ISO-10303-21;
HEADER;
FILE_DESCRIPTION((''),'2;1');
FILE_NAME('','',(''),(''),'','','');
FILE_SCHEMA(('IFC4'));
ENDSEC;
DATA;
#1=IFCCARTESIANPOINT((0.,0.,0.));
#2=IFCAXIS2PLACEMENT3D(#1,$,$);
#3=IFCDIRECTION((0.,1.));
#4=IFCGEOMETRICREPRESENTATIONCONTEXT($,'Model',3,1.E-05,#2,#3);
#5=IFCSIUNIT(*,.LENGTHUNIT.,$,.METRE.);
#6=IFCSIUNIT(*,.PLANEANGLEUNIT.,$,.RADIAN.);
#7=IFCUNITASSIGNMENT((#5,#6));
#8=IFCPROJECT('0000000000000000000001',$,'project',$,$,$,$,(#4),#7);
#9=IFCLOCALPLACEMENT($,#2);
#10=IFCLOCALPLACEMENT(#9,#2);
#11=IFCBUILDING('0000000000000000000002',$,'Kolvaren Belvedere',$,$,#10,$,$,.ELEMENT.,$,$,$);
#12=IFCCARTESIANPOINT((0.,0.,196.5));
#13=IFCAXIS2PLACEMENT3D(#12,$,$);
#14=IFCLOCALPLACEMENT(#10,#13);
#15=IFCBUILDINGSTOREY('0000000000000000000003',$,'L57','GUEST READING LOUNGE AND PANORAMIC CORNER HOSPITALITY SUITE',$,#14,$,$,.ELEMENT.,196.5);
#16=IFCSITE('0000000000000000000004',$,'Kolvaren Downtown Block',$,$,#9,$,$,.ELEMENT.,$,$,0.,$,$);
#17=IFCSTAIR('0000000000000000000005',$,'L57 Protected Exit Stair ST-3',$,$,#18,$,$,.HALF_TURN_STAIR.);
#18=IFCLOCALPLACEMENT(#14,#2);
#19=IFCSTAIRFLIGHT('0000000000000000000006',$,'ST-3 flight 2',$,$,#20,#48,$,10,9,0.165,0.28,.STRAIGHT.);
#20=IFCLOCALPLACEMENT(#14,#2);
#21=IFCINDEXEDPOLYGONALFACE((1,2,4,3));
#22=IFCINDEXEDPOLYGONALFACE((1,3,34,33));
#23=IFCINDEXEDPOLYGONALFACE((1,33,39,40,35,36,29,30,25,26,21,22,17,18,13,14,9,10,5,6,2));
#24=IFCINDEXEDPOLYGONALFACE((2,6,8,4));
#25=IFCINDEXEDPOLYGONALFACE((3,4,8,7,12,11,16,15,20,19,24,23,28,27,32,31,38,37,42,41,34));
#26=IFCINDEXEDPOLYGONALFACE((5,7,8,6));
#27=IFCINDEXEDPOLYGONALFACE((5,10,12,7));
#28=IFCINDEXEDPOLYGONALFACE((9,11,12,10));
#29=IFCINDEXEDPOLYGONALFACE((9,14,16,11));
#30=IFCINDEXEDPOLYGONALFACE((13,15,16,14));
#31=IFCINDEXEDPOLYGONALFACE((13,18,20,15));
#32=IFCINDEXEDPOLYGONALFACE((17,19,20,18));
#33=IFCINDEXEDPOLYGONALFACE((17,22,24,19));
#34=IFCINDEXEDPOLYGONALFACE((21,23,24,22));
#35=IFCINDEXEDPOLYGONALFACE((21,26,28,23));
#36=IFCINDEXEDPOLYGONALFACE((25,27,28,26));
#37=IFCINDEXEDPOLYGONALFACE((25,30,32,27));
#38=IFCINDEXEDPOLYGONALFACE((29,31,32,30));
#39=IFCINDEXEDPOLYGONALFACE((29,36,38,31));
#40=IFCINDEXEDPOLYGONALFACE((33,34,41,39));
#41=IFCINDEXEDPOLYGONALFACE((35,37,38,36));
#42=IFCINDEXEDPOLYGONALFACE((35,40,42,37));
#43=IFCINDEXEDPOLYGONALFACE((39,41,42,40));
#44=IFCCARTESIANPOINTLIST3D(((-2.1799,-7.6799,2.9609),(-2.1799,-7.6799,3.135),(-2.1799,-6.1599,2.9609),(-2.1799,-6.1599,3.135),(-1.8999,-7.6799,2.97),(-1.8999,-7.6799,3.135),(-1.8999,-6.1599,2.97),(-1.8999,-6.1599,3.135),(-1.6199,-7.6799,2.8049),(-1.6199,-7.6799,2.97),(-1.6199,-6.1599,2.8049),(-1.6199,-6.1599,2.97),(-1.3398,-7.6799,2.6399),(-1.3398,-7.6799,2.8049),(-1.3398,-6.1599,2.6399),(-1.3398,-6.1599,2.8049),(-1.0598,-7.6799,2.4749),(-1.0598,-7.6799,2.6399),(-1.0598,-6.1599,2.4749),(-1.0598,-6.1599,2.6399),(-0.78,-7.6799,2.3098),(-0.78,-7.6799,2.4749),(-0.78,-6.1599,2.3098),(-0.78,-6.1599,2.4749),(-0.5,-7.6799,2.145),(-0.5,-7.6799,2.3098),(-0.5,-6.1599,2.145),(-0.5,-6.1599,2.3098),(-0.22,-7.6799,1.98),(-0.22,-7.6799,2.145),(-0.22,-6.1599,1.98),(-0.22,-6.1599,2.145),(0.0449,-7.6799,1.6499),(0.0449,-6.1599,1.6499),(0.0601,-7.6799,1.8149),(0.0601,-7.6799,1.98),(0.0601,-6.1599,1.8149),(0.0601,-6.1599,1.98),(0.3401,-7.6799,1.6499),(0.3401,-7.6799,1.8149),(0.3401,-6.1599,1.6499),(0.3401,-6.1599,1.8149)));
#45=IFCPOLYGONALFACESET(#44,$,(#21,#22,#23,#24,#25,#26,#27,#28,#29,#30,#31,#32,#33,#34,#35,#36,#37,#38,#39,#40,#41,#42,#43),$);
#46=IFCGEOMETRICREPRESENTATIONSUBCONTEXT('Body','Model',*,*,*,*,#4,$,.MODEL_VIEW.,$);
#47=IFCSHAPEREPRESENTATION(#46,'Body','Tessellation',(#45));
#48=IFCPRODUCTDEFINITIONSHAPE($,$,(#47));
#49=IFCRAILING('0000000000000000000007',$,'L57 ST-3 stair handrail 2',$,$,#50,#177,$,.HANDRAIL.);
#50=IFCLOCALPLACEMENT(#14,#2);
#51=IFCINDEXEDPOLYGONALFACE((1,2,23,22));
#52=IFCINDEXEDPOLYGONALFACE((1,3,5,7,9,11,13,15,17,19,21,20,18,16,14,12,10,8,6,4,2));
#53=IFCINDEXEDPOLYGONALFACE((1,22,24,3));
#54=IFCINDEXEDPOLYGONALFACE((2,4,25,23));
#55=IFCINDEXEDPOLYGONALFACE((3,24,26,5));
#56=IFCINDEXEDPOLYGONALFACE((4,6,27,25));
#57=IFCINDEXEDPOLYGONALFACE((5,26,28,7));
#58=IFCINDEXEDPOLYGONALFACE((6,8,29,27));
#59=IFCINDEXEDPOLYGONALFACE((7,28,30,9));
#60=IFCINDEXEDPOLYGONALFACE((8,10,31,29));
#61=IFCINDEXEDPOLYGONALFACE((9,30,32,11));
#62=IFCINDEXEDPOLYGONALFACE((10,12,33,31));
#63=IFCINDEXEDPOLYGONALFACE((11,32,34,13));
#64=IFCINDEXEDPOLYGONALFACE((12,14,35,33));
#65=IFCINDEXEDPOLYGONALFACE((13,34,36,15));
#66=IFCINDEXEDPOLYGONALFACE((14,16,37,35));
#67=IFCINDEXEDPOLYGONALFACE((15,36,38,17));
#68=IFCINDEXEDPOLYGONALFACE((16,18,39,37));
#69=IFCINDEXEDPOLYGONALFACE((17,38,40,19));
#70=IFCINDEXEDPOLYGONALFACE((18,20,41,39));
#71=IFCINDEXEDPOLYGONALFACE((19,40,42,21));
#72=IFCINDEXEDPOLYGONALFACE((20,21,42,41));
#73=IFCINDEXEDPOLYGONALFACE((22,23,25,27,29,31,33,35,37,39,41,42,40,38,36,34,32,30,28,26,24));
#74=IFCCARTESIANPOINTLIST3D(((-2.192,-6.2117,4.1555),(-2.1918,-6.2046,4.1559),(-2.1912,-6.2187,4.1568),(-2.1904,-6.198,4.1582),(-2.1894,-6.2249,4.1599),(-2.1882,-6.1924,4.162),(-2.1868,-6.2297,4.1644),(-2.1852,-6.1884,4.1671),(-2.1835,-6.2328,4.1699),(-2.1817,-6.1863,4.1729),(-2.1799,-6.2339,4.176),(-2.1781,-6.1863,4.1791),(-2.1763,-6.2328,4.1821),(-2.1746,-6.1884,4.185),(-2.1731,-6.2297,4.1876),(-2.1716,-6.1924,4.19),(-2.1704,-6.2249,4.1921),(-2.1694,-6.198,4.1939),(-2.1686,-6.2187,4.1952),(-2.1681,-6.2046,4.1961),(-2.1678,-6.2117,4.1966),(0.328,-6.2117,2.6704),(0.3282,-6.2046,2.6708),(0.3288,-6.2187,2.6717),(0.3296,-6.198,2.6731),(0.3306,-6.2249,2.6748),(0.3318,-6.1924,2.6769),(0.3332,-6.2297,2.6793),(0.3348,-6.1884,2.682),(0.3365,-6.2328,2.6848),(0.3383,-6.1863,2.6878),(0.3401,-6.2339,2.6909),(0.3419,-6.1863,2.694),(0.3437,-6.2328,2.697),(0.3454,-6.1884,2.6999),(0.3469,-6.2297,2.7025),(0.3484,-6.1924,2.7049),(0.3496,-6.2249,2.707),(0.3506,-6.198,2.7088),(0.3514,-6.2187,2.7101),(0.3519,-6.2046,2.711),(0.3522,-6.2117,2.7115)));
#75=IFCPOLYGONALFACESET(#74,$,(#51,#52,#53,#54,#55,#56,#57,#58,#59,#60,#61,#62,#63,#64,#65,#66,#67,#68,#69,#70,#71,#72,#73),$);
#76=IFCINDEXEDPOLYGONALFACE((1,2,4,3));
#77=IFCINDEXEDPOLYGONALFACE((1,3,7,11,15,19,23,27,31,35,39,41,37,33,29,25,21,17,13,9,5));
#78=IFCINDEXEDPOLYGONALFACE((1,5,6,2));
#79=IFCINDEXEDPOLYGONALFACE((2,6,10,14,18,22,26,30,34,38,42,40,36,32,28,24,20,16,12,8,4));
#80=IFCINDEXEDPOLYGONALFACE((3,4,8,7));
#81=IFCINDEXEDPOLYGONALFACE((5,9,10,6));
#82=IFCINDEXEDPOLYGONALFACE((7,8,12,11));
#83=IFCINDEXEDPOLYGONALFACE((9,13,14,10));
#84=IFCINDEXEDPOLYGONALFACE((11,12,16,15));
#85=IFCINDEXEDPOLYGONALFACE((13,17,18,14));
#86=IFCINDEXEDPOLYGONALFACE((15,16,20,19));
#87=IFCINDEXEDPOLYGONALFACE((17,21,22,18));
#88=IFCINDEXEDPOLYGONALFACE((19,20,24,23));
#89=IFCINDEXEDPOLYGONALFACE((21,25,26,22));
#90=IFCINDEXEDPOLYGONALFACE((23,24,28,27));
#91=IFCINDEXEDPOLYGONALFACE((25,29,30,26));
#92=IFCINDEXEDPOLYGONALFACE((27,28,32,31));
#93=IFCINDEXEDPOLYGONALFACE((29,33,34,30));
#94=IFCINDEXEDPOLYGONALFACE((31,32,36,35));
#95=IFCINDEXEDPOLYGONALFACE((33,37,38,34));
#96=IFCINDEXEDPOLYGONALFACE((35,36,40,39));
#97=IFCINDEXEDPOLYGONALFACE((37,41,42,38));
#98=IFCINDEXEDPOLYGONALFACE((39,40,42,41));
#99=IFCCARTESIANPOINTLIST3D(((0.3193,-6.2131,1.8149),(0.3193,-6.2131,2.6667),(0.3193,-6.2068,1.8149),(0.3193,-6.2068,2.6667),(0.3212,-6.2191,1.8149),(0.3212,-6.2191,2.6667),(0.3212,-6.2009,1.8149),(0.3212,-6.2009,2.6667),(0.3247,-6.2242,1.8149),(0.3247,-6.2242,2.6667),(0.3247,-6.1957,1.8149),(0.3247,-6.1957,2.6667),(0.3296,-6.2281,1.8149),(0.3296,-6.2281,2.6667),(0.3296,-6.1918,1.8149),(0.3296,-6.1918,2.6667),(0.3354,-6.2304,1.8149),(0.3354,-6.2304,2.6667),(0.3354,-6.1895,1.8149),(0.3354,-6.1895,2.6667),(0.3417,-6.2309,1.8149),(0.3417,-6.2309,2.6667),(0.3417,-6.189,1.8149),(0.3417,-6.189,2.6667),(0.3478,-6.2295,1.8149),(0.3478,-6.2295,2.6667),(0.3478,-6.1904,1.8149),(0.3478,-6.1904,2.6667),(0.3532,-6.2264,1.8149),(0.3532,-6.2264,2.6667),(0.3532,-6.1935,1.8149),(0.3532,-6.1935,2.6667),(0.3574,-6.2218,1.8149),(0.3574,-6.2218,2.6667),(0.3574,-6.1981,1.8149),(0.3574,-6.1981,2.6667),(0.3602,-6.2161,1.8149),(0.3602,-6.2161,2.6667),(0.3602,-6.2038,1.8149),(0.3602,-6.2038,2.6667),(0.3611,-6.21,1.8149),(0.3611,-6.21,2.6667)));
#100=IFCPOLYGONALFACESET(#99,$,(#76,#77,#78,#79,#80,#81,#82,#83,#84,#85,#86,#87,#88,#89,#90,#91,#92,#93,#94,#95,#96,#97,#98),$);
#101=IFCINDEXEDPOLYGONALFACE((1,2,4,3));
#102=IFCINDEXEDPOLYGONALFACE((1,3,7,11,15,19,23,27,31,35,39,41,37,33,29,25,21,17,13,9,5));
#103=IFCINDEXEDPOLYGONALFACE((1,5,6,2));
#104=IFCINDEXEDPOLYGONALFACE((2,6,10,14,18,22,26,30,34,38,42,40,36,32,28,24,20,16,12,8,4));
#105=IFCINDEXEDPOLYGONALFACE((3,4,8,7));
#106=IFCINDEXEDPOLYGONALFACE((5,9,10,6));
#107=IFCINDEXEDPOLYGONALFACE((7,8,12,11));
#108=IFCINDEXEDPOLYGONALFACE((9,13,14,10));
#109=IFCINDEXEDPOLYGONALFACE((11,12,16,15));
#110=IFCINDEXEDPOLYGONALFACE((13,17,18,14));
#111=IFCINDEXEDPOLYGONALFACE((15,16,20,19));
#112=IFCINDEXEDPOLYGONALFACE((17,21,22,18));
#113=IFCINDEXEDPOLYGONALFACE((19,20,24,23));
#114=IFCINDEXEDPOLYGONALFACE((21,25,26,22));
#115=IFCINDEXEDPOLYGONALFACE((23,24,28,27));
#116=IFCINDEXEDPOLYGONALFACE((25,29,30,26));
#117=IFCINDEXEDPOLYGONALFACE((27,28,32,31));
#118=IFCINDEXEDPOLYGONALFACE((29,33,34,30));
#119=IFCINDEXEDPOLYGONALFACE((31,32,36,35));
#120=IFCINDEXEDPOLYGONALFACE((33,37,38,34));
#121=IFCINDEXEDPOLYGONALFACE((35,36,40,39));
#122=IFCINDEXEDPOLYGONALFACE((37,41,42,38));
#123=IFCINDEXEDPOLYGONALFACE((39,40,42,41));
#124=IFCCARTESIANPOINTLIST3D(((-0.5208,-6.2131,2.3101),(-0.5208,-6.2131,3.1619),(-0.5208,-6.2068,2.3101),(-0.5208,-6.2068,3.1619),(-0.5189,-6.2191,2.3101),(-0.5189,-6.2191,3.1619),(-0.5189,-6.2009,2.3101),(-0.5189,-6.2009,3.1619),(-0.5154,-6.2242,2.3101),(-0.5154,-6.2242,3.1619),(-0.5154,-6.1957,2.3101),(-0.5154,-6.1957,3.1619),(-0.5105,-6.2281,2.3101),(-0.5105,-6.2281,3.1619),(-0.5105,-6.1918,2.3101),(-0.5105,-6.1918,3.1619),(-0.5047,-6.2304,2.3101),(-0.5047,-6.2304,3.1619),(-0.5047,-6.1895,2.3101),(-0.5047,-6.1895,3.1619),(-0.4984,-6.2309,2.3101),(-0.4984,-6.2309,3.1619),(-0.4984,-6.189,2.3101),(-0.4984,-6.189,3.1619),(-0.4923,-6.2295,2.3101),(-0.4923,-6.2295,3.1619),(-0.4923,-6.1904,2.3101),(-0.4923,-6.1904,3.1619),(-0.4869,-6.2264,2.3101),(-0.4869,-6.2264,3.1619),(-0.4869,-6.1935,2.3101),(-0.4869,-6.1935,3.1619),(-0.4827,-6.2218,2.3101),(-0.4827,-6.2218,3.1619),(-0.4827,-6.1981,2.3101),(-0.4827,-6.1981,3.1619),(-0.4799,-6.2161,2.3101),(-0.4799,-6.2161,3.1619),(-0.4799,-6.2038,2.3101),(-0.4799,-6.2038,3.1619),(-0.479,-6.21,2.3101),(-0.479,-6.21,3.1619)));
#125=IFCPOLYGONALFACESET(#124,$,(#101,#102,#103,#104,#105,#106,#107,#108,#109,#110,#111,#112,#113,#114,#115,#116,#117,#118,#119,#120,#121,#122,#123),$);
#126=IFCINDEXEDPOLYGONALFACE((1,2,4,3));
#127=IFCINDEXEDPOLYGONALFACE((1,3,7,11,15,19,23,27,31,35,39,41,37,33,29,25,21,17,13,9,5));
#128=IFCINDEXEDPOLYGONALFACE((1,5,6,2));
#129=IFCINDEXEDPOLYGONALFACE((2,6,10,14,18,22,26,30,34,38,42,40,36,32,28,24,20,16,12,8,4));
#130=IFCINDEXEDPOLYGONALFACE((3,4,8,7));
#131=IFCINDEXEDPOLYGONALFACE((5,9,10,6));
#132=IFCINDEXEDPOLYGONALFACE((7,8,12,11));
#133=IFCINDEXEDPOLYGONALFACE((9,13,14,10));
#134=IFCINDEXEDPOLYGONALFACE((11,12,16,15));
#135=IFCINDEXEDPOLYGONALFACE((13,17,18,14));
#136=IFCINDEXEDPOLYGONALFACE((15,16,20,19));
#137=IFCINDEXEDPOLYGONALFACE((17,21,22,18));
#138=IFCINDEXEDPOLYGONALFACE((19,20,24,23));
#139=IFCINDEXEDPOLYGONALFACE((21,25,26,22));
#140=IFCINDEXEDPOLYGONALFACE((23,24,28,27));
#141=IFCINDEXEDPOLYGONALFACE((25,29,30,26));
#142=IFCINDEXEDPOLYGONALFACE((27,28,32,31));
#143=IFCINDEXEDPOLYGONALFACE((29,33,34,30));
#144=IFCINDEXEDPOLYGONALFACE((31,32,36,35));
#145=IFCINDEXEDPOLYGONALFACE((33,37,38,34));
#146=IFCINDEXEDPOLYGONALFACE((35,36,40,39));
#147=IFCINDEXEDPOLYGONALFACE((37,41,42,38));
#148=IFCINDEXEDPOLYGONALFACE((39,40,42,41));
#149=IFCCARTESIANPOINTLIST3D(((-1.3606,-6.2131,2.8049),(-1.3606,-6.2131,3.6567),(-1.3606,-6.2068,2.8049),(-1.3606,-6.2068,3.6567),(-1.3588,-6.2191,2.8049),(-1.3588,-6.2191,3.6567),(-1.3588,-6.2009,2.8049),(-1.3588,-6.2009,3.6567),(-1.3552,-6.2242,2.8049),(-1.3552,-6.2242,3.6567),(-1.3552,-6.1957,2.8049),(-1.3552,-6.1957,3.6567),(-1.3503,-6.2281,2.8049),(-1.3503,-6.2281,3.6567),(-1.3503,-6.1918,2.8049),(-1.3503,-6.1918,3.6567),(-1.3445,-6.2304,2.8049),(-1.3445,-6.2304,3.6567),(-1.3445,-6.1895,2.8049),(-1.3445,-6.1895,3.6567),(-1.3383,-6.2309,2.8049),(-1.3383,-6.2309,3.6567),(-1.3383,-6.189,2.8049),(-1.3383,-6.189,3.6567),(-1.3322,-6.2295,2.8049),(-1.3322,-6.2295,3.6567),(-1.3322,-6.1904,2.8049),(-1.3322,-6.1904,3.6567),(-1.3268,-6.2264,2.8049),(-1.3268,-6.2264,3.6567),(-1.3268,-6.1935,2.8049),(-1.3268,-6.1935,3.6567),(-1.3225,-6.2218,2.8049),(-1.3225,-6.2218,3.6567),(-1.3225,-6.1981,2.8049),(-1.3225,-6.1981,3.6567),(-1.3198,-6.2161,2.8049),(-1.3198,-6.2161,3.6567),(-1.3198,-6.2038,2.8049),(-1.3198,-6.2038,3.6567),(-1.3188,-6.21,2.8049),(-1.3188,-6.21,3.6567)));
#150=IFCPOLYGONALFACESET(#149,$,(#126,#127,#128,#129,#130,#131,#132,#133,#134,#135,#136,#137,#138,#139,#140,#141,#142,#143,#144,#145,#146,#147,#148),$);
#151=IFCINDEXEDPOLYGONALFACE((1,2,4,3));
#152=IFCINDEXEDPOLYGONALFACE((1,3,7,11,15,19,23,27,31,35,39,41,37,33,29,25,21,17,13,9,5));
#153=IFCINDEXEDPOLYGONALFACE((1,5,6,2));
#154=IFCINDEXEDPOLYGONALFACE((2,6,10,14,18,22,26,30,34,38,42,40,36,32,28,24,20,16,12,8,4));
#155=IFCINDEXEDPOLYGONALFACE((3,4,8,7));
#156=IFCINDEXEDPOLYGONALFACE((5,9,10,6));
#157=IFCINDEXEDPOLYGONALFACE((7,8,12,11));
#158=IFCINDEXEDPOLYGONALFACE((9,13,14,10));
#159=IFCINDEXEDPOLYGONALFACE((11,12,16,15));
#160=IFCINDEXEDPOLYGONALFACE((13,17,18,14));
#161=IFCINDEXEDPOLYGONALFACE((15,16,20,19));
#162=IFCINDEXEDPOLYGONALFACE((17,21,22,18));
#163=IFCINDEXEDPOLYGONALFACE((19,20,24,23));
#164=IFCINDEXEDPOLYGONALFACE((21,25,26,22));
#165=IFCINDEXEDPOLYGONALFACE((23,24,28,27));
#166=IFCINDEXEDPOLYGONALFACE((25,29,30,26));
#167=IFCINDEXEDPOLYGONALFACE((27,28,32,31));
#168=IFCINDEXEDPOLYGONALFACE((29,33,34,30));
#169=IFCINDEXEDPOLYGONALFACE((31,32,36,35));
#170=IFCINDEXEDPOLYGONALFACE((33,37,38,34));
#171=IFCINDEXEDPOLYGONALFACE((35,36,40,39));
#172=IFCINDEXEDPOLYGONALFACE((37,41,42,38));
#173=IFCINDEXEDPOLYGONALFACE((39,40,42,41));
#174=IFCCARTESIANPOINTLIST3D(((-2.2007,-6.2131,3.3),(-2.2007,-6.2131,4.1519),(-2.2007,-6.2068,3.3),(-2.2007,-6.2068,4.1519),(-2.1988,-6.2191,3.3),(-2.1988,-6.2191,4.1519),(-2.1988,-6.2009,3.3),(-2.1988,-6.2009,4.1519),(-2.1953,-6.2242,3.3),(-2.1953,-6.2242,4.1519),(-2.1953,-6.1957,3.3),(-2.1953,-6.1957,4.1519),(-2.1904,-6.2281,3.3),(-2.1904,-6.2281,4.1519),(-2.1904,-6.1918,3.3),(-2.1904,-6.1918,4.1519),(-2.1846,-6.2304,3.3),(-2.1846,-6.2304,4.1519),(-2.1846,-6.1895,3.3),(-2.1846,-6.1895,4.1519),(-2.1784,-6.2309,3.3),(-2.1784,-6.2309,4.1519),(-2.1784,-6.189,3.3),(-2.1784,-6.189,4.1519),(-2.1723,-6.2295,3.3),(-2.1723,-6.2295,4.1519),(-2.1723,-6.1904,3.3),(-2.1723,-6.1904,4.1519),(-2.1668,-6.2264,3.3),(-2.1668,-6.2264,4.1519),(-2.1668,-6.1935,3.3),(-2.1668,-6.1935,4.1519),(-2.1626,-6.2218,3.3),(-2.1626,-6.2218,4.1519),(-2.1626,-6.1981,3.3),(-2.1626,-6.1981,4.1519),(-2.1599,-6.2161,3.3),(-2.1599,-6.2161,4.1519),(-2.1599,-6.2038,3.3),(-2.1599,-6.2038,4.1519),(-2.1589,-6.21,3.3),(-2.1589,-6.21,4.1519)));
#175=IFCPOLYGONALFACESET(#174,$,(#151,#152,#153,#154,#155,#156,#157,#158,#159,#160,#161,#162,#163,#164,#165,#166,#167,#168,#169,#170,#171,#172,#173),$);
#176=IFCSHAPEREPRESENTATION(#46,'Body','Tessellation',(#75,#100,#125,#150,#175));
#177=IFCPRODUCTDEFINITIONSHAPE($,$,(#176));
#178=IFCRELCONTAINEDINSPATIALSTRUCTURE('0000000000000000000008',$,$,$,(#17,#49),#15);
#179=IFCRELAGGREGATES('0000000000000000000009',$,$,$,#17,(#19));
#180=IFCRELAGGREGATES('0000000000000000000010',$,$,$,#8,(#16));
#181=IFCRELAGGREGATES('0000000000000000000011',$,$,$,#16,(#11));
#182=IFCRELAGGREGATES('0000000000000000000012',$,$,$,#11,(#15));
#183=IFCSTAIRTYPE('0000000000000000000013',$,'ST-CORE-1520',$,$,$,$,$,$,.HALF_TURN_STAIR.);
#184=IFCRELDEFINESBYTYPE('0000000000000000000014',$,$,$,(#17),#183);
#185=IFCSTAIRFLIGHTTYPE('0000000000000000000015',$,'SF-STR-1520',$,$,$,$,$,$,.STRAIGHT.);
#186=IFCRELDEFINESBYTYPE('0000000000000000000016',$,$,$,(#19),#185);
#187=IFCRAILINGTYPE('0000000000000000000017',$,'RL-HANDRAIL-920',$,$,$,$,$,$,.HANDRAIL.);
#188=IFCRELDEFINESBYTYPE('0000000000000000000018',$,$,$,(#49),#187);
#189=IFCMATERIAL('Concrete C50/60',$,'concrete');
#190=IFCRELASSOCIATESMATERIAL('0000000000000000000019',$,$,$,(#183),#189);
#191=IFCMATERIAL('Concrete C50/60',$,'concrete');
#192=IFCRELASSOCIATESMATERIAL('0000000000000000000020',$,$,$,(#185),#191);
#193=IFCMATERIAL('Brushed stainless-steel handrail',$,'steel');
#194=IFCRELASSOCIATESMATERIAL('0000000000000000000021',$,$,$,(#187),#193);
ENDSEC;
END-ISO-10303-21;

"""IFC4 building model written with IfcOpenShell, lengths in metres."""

from ifc_helpers import new_model, si_unit, direction, frame, origin, origin_2d, place, context, subcontext, project, spatial, polyline, circle, outline, extrude, material, type_object, element, aggregate, save


model = new_model("IFC4")

# Units and contexts
model_context = context("Model", 3, precision=1e-05, world=origin(), true_north=direction((0.0, 1.0)))
body_context = subcontext(model_context, "Body", "Model", "MODEL_VIEW")
ifc_project = project(units=[si_unit("LENGTHUNIT", "METRE"), si_unit("PLANEANGLEUNIT", "RADIAN")], contexts=[model_context])

# Site, building, storey
site_placement = place(None, origin())
site = spatial("IfcSite", under=ifc_project, at=site_placement, Name="Kolvaren Downtown Block", CompositionType="ELEMENT", RefElevation=0.0)
building_placement = place(site_placement, origin())
building = spatial("IfcBuilding", under=site, at=building_placement, Name="Kolvaren Belvedere", CompositionType="ELEMENT")
storey_placement = place(building_placement, frame((0.0, 0.0, 196.5)))
storey = spatial("IfcBuildingStorey", under=building, at=storey_placement, Name="L57", Description="GUEST READING LOUNGE AND PANORAMIC CORNER HOSPITALITY SUITE", CompositionType="ELEMENT", Elevation=196.5)

# Stair, stair flight
ifc_material_1 = material(Name="Concrete C50/60", Category="concrete")
stair_type = type_object("IfcStairType", Name="ST-CORE-1520", PredefinedType="HALF_TURN_STAIR", material=ifc_material_1)
stair_placement = place(storey_placement, origin())
stair = element("IfcStair", 1, at=stair_placement, inside=storey, type_object=stair_type, Name="L57 Protected Exit Stair ST-3", PredefinedType="HALF_TURN_STAIR")
ifc_material_2 = material(Name="Concrete C50/60", Category="concrete")
stair_flight_type = type_object("IfcStairFlightType", Name="SF-STR-1520", PredefinedType="STRAIGHT", material=ifc_material_2)
stair_flight_placement = place(storey_placement, frame((0.3401, -6.9199, 1.6499), z_axis=(0.0, 0.0, 1.0), x_axis=(-1.0, 0.0, 0.0)))
stair_flight = element("IfcStairFlight", 2, at=stair_flight_placement, type_object=stair_flight_type, Name="ST-3 flight 2", NumberOfRisers=10, NumberOfTreads=9, PredefinedType="STRAIGHT", RiserHeight=0.165, TreadLength=0.28, context=body_context, shape_type="SweptSolid", body=[
    extrude(outline(polyline([(0.0, 0.0), (0.0, 0.165), (0.28, 0.165), (0.28, 0.3301), (0.5601, 0.3301), (0.5601, 0.4951), (0.8401, 0.4951), (0.8401, 0.6599), (1.1201, 0.6599), (1.1201, 0.825), (1.3999, 0.825), (1.3999, 0.99), (1.6799, 0.99), (1.6799, 1.155), (1.96, 1.155), (1.96, 1.3201), (2.24, 1.3201), (2.24, 1.4851), (2.52, 1.4851), (2.52, 1.6499), (2.52, 1.311), (0.2952, 0.0), (0.0, 0.0)])), frame((0.0, 0.76, 0.0), z_axis=(0.0, -1.0, 0.0), x_axis=(1.0, 0.0, 0.0)), (0.0, 0.0, 1.0), 1.52),
])
aggregate(stair, [stair_flight])

# Railing
ifc_material_3 = material(Name="Brushed stainless-steel handrail", Category="steel")
railing_type_1 = type_object("IfcRailingType", Name="RL-HANDRAIL-920", PredefinedType="HANDRAIL", material=ifc_material_3)
railing_1_placement = place(storey_placement, frame((0.3401, -6.21, 1.8149)))
element("IfcRailing", 3, at=railing_1_placement, inside=storey, type_object=railing_type_1, Name="L57 ST-3 stair handrail 2", PredefinedType="HANDRAIL", context=body_context, shape_type="SweptSolid", body=[
    extrude(circle(Radius=0.0239, at=origin_2d()), frame((0.0, 0.0, 0.876), z_axis=(-0.861524, 0.0, 0.507717), x_axis=(0.0, -1.0, 0.0)), (0.0, 0.0, 1.0), 2.925),
    extrude(circle(Radius=0.021, at=origin_2d()), origin(), (0.0, 0.0, 1.0), 0.8518),
    extrude(circle(Radius=0.021, at=origin_2d()), frame((-0.8401, 0.0, 0.4951)), (0.0, 0.0, 1.0), 0.8518),
    extrude(circle(Radius=0.021, at=origin_2d()), frame((-1.6799, 0.0, 0.99)), (0.0, 0.0, 1.0), 0.8518),
    extrude(circle(Radius=0.021, at=origin_2d()), frame((-2.52, 0.0, 1.4851)), (0.0, 0.0, 1.0), 0.8518),
])

save(model, "model.ifc")
